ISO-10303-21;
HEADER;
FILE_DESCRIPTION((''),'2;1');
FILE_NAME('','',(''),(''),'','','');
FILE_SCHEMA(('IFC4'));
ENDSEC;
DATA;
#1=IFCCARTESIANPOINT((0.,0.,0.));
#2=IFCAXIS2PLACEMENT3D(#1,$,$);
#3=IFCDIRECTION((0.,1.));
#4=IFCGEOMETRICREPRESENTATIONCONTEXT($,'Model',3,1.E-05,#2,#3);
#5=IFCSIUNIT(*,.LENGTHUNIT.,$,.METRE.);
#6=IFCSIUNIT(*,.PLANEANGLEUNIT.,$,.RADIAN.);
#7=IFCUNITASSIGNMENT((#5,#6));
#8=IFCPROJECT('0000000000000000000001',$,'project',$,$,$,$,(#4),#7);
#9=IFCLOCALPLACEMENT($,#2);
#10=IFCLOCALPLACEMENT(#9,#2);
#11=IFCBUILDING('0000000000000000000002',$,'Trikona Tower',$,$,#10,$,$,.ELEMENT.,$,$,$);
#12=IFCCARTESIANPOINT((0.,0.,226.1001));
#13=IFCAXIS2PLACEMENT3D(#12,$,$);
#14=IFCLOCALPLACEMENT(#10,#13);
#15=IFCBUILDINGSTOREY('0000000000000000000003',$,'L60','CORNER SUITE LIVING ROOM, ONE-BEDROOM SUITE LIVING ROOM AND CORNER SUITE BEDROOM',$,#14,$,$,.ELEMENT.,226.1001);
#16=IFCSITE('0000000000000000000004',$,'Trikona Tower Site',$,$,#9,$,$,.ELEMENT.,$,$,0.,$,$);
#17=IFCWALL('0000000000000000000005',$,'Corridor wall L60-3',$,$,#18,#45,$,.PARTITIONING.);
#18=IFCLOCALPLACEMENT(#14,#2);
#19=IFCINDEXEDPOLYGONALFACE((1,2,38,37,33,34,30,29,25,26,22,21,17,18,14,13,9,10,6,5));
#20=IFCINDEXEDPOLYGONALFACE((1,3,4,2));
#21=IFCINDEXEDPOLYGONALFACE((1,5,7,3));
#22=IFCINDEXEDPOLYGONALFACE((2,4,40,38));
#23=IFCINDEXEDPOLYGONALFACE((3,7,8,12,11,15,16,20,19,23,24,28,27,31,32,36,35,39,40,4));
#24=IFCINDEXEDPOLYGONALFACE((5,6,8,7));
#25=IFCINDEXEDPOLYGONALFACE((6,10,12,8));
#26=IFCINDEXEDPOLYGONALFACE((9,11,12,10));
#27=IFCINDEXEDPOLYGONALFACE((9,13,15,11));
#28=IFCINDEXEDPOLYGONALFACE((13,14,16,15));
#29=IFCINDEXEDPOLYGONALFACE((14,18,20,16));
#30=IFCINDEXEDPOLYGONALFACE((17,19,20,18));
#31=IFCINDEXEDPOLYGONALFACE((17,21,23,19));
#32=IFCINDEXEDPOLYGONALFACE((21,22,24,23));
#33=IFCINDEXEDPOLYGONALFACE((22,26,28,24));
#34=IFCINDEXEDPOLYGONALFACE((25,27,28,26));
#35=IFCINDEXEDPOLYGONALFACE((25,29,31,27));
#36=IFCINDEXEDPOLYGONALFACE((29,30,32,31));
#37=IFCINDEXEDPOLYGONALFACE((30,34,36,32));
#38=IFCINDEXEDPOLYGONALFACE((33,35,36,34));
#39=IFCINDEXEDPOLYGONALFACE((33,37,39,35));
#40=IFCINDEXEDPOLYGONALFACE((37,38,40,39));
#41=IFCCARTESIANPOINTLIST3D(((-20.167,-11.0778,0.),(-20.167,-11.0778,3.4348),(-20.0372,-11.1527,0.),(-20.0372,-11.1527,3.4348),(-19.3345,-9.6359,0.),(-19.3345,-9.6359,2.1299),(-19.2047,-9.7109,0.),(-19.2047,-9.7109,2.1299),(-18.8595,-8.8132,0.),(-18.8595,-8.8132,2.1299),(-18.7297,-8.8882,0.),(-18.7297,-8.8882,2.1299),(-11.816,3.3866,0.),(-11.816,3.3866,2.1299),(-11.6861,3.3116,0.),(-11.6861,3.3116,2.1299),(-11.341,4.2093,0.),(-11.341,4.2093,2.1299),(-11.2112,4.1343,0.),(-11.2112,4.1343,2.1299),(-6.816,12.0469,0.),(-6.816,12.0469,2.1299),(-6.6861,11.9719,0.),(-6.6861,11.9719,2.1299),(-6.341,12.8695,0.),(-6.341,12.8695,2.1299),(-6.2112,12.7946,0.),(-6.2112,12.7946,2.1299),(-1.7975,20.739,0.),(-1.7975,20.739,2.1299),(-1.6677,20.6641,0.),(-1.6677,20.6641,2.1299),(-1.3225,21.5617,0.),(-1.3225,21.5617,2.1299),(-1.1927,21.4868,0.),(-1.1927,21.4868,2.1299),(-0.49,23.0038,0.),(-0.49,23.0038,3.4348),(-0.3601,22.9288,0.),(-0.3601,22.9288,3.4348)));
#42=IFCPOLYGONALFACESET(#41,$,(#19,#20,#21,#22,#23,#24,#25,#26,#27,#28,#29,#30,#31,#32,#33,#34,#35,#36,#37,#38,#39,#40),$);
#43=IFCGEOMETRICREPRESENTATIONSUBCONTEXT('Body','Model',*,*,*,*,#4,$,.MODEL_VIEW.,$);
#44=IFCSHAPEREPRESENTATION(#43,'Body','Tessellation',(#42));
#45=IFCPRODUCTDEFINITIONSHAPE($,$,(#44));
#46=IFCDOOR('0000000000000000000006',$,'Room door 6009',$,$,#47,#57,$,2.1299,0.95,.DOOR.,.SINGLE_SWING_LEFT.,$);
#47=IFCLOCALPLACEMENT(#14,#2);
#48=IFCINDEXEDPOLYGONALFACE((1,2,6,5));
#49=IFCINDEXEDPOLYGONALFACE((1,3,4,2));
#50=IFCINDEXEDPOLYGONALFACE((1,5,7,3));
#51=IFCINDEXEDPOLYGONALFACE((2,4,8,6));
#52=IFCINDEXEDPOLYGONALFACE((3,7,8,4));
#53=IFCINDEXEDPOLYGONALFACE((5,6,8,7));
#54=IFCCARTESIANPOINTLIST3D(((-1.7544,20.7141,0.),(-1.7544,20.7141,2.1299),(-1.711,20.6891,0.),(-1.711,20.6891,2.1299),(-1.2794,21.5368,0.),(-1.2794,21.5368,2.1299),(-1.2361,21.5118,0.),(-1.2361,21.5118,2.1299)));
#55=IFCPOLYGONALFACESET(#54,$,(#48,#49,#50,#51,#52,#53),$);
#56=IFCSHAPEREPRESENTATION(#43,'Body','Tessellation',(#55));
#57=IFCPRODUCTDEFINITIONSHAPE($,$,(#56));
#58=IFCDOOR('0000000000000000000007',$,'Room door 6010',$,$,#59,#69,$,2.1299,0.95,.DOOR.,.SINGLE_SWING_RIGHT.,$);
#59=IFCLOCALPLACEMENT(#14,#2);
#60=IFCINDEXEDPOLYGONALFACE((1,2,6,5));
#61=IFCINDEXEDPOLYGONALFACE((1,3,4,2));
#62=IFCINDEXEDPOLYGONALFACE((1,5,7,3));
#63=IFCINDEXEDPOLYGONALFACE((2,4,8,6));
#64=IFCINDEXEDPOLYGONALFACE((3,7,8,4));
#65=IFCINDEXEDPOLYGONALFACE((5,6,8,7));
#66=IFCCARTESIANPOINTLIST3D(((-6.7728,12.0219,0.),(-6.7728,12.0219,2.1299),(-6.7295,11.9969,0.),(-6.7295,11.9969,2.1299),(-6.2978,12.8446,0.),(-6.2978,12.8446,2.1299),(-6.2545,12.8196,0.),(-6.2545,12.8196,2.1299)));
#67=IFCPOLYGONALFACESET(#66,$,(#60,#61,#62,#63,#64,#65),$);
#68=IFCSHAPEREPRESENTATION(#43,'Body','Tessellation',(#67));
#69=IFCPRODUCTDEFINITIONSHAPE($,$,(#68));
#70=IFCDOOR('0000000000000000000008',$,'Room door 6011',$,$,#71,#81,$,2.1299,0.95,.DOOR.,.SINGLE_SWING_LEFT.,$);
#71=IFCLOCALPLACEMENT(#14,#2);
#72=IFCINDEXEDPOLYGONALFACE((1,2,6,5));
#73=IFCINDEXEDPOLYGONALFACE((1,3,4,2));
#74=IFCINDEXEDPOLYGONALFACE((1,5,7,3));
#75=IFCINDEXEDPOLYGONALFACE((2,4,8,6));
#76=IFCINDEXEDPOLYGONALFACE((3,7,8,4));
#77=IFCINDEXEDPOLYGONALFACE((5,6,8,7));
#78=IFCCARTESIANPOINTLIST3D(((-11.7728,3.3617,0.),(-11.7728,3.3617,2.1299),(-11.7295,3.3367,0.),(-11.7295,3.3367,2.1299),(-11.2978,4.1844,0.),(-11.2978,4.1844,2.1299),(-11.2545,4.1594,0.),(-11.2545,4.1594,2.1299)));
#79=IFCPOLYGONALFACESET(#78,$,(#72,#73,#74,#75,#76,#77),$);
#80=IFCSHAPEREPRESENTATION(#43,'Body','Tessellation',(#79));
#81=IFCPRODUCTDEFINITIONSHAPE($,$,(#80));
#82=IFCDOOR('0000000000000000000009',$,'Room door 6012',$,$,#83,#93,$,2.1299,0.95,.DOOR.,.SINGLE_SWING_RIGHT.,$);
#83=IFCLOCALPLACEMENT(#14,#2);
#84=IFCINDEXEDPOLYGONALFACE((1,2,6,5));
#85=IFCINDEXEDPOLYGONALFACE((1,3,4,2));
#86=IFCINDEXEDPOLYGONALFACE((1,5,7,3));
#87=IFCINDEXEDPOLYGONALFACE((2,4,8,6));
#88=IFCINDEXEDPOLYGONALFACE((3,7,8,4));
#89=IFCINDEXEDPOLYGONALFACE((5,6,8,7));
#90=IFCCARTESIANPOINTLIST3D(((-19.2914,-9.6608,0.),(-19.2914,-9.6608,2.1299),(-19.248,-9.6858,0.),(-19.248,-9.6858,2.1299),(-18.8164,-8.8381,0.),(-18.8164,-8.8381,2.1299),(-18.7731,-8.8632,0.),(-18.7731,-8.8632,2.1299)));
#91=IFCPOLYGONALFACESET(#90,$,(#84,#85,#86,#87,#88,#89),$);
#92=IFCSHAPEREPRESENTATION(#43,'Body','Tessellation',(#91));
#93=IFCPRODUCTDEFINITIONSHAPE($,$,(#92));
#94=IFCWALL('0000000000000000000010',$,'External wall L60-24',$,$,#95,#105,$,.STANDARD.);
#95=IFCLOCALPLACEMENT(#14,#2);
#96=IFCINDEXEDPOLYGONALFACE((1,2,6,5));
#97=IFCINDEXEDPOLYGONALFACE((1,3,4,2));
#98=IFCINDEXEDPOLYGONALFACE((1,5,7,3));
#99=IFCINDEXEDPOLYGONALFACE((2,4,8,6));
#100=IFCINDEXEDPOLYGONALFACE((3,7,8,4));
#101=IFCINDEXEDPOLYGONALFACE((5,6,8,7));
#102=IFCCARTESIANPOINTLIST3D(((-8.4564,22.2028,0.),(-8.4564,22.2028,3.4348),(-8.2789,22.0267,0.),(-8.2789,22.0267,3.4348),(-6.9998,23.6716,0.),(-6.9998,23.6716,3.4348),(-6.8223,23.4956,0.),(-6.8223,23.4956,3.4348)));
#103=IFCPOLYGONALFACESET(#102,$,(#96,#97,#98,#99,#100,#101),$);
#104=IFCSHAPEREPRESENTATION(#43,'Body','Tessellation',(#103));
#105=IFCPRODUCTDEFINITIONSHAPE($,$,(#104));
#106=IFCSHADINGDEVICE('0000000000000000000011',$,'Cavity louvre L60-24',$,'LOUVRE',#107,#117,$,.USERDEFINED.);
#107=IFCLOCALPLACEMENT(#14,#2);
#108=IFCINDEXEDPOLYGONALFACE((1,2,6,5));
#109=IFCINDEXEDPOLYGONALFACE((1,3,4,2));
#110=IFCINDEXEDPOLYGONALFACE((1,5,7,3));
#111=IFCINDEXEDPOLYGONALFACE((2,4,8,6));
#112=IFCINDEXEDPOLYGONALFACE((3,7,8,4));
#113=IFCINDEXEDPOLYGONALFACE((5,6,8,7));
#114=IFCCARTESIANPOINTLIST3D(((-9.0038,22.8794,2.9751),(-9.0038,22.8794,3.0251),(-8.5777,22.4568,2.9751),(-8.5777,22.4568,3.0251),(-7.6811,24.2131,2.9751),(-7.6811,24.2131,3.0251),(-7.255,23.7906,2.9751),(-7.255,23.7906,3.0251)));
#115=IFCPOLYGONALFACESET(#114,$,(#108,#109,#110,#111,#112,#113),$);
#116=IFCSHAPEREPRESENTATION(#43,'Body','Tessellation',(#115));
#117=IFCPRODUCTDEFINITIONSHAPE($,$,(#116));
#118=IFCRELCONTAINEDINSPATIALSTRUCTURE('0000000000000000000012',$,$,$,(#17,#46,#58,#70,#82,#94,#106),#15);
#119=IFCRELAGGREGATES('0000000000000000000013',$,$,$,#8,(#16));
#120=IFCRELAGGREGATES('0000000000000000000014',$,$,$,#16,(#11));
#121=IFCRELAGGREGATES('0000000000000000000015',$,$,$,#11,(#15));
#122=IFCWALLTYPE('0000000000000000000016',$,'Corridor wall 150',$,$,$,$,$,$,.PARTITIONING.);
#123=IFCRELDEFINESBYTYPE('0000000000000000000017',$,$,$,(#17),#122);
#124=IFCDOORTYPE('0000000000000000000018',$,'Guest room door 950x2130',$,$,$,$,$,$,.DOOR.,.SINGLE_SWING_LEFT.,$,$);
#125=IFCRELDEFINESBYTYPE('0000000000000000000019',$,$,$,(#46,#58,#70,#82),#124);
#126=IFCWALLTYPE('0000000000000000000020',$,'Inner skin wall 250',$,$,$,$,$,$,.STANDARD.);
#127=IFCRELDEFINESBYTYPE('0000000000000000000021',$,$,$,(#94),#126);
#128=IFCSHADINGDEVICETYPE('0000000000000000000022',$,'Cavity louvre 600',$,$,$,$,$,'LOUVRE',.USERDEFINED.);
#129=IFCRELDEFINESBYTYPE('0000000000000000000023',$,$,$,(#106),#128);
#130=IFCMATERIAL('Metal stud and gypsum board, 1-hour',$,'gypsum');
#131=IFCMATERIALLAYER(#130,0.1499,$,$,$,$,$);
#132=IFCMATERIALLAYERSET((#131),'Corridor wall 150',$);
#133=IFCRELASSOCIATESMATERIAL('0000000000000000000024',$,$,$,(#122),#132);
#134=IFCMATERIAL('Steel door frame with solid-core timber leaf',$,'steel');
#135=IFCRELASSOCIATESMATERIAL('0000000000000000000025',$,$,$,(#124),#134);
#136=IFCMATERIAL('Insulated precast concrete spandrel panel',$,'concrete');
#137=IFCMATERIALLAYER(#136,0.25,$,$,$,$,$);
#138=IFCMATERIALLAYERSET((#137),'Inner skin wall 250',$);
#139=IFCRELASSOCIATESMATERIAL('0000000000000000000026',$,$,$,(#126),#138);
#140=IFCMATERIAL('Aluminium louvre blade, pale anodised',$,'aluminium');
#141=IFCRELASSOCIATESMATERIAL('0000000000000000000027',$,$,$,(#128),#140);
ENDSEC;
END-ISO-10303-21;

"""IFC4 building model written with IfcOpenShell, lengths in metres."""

from ifc_helpers import new_model, si_unit, direction, frame, frame_2d, origin, origin_2d, place, context, subcontext, project, spatial, rectangle, extrude, material, layer, layer_set, type_object, element, fill, save


model = new_model("IFC4")

# Units and contexts
model_context = context("Model", 3, precision=1e-05, world=origin(), true_north=direction((0.0, 1.0)))
body_context = subcontext(model_context, "Body", "Model", "MODEL_VIEW")
ifc_project = project(units=[si_unit("LENGTHUNIT", "METRE"), si_unit("PLANEANGLEUNIT", "RADIAN")], contexts=[model_context])

# Site, building, storey
site_placement = place(None, origin())
site = spatial("IfcSite", under=ifc_project, at=site_placement, Name="Trikona Tower Site", CompositionType="ELEMENT", RefElevation=0.0)
building_placement = place(site_placement, origin())
building = spatial("IfcBuilding", under=site, at=building_placement, Name="Trikona Tower", CompositionType="ELEMENT")
storey_placement = place(building_placement, frame((0.0, 0.0, 226.1001)))
storey = spatial("IfcBuildingStorey", under=building, at=storey_placement, Name="L60", Description="CORNER SUITE LIVING ROOM, ONE-BEDROOM SUITE LIVING ROOM AND CORNER SUITE BEDROOM", CompositionType="ELEMENT", Elevation=226.1001)

# Wall, openings, doors
ifc_material_1 = material(Name="Metal stud and gypsum board, 1-hour", Category="gypsum")
ifc_layer_1 = layer(ifc_material_1, 0.1499)
ifc_layer_set_1 = layer_set([ifc_layer_1], Name="Corridor wall 150")
wall_type_1 = type_object("IfcWallType", Name="Corridor wall 150", PredefinedType="PARTITIONING", material=ifc_layer_set_1)
wall_1_placement = place(storey_placement, frame((-0.425, 22.9663, 0.0), z_axis=(0.0, 0.0, 1.0), x_axis=(-0.5, -0.866025, 0.0)))
wall_1 = element("IfcWall", 1, at=wall_1_placement, inside=storey, type_object=wall_type_1, Name="Corridor wall L60-3", PredefinedType="PARTITIONING", context=body_context, shape_type="SweptSolid", body=[
    extrude(rectangle(XDim=39.354, YDim=0.1499, at=frame_2d((19.677, 0.0))), origin(), (0.0, 0.0, 1.0), 3.4348),
])
opening_1_placement = place(wall_1_placement, frame((1.665, 0.0, 0.0)))
opening_1 = element("IfcOpeningElement", 2, at=opening_1_placement, cuts=wall_1, PredefinedType="OPENING", context=body_context, shape_type="SweptSolid", body=[
    extrude(rectangle(XDim=0.95, YDim=2.1299, at=frame_2d((0.4751, 1.0649))), frame((0.0, 0.085, 0.0), z_axis=(0.0, -1.0, 0.0), x_axis=(1.0, 0.0, 0.0)), (0.0, 0.0, 1.0), 0.1699),
])
opening_2_placement = place(wall_1_placement, frame((11.7019, 0.0, 0.0)))
opening_2 = element("IfcOpeningElement", 3, at=opening_2_placement, cuts=wall_1, PredefinedType="OPENING", context=body_context, shape_type="SweptSolid", body=[
    extrude(rectangle(XDim=0.95, YDim=2.1299, at=frame_2d((0.4751, 1.0649))), frame((0.0, 0.085, 0.0), z_axis=(0.0, -1.0, 0.0), x_axis=(1.0, 0.0, 0.0)), (0.0, 0.0, 1.0), 0.1699),
])
opening_3_placement = place(wall_1_placement, frame((21.7019, 0.0, 0.0)))
opening_3 = element("IfcOpeningElement", 4, at=opening_3_placement, cuts=wall_1, PredefinedType="OPENING", context=body_context, shape_type="SweptSolid", body=[
    extrude(rectangle(XDim=0.95, YDim=2.1299, at=frame_2d((0.4751, 1.0649))), frame((0.0, 0.085, 0.0), z_axis=(0.0, -1.0, 0.0), x_axis=(1.0, 0.0, 0.0)), (0.0, 0.0, 1.0), 0.1699),
])
opening_4_placement = place(wall_1_placement, frame((36.739, 0.0, 0.0)))
opening_4 = element("IfcOpeningElement", 5, at=opening_4_placement, cuts=wall_1, PredefinedType="OPENING", context=body_context, shape_type="SweptSolid", body=[
    extrude(rectangle(XDim=0.95, YDim=2.1299, at=frame_2d((0.4751, 1.0649))), frame((0.0, 0.085, 0.0), z_axis=(0.0, -1.0, 0.0), x_axis=(1.0, 0.0, 0.0)), (0.0, 0.0, 1.0), 0.1699),
])
ifc_material_2 = material(Name="Steel door frame with solid-core timber leaf", Category="steel")
door_type = type_object("IfcDoorType", Name="Guest room door 950x2130", OperationType="SINGLE_SWING_LEFT", PredefinedType="DOOR", material=ifc_material_2)
door_1_placement = place(opening_1_placement, origin())
door_1 = element("IfcDoor", 6, at=door_1_placement, inside=storey, type_object=door_type, Name="Room door 6009", OperationType="SINGLE_SWING_LEFT", OverallHeight=2.1299, OverallWidth=0.95, PredefinedType="DOOR", context=body_context, shape_type="SweptSolid", body=[
    extrude(rectangle(XDim=0.95, YDim=2.1299, at=frame_2d((0.4751, 1.0649))), frame((0.0, 0.0249, 0.0), z_axis=(0.0, -1.0, 0.0), x_axis=(1.0, 0.0, 0.0)), (0.0, 0.0, 1.0), 0.05),
])
fill(opening_1, door_1)
door_2_placement = place(opening_2_placement, origin())
door_2 = element("IfcDoor", 7, at=door_2_placement, inside=storey, type_object=door_type, Name="Room door 6010", OperationType="SINGLE_SWING_RIGHT", OverallHeight=2.1299, OverallWidth=0.95, PredefinedType="DOOR", context=body_context, shape_type="SweptSolid", body=[
    extrude(rectangle(XDim=0.95, YDim=2.1299, at=frame_2d((0.4751, 1.0649))), frame((0.0, 0.0249, 0.0), z_axis=(0.0, -1.0, 0.0), x_axis=(1.0, 0.0, 0.0)), (0.0, 0.0, 1.0), 0.05),
])
fill(opening_2, door_2)
door_3_placement = place(opening_3_placement, origin())
door_3 = element("IfcDoor", 8, at=door_3_placement, inside=storey, type_object=door_type, Name="Room door 6011", OperationType="SINGLE_SWING_LEFT", OverallHeight=2.1299, OverallWidth=0.95, PredefinedType="DOOR", context=body_context, shape_type="SweptSolid", body=[
    extrude(rectangle(XDim=0.95, YDim=2.1299, at=frame_2d((0.4751, 1.0649))), frame((0.0, 0.0249, 0.0), z_axis=(0.0, -1.0, 0.0), x_axis=(1.0, 0.0, 0.0)), (0.0, 0.0, 1.0), 0.05),
])
fill(opening_3, door_3)
door_4_placement = place(opening_4_placement, origin())
door_4 = element("IfcDoor", 9, at=door_4_placement, inside=storey, type_object=door_type, Name="Room door 6012", OperationType="SINGLE_SWING_RIGHT", OverallHeight=2.1299, OverallWidth=0.95, PredefinedType="DOOR", context=body_context, shape_type="SweptSolid", body=[
    extrude(rectangle(XDim=0.95, YDim=2.1299, at=frame_2d((0.4751, 1.0649))), frame((0.0, 0.0249, 0.0), z_axis=(0.0, -1.0, 0.0), x_axis=(1.0, 0.0, 0.0)), (0.0, 0.0, 1.0), 0.05),
])
fill(opening_4, door_4)

# Wall
ifc_material_3 = material(Name="Insulated precast concrete spandrel panel", Category="concrete")
ifc_layer_2 = layer(ifc_material_3, 0.25)
ifc_layer_set_2 = layer_set([ifc_layer_2], Name="Inner skin wall 250")
wall_type_2 = type_object("IfcWallType", Name="Inner skin wall 250", PredefinedType="STANDARD", material=ifc_layer_set_2)
wall_2_placement = place(storey_placement, frame((-6.9111, 23.5835, 0.0), z_axis=(0.0, 0.0, 1.0), x_axis=(-0.70415, -0.710051, 0.0)))
element("IfcWall", 10, at=wall_2_placement, inside=storey, type_object=wall_type_2, Name="External wall L60-24", PredefinedType="STANDARD", context=body_context, shape_type="SweptSolid", body=[
    extrude(rectangle(XDim=2.0686, YDim=0.25, at=frame_2d((1.0342, 0.0))), origin(), (0.0, 0.0, 1.0), 3.4348),
])

# Shading device
ifc_material_4 = material(Name="Aluminium louvre blade, pale anodised", Category="aluminium")
shading_device_type = type_object("IfcShadingDeviceType", Name="Cavity louvre 600", ElementType="LOUVRE", PredefinedType="USERDEFINED", material=ifc_material_4)
shading_device_placement = place(storey_placement, frame((-8.1294, 23.335, 2.9751), z_axis=(0.0, 0.0, 1.0), x_axis=(-0.704151, -0.71005, 0.0)))
element("IfcShadingDevice", 11, at=shading_device_placement, inside=storey, type_object=shading_device_type, Name="Cavity louvre L60-24", ObjectType="LOUVRE", PredefinedType="USERDEFINED", context=body_context, shape_type="SweptSolid", body=[
    extrude(rectangle(XDim=1.8784, YDim=0.6001, at=origin_2d()), origin(), (0.0, 0.0, 1.0), 0.05),
])

save(model, "model.ifc")
